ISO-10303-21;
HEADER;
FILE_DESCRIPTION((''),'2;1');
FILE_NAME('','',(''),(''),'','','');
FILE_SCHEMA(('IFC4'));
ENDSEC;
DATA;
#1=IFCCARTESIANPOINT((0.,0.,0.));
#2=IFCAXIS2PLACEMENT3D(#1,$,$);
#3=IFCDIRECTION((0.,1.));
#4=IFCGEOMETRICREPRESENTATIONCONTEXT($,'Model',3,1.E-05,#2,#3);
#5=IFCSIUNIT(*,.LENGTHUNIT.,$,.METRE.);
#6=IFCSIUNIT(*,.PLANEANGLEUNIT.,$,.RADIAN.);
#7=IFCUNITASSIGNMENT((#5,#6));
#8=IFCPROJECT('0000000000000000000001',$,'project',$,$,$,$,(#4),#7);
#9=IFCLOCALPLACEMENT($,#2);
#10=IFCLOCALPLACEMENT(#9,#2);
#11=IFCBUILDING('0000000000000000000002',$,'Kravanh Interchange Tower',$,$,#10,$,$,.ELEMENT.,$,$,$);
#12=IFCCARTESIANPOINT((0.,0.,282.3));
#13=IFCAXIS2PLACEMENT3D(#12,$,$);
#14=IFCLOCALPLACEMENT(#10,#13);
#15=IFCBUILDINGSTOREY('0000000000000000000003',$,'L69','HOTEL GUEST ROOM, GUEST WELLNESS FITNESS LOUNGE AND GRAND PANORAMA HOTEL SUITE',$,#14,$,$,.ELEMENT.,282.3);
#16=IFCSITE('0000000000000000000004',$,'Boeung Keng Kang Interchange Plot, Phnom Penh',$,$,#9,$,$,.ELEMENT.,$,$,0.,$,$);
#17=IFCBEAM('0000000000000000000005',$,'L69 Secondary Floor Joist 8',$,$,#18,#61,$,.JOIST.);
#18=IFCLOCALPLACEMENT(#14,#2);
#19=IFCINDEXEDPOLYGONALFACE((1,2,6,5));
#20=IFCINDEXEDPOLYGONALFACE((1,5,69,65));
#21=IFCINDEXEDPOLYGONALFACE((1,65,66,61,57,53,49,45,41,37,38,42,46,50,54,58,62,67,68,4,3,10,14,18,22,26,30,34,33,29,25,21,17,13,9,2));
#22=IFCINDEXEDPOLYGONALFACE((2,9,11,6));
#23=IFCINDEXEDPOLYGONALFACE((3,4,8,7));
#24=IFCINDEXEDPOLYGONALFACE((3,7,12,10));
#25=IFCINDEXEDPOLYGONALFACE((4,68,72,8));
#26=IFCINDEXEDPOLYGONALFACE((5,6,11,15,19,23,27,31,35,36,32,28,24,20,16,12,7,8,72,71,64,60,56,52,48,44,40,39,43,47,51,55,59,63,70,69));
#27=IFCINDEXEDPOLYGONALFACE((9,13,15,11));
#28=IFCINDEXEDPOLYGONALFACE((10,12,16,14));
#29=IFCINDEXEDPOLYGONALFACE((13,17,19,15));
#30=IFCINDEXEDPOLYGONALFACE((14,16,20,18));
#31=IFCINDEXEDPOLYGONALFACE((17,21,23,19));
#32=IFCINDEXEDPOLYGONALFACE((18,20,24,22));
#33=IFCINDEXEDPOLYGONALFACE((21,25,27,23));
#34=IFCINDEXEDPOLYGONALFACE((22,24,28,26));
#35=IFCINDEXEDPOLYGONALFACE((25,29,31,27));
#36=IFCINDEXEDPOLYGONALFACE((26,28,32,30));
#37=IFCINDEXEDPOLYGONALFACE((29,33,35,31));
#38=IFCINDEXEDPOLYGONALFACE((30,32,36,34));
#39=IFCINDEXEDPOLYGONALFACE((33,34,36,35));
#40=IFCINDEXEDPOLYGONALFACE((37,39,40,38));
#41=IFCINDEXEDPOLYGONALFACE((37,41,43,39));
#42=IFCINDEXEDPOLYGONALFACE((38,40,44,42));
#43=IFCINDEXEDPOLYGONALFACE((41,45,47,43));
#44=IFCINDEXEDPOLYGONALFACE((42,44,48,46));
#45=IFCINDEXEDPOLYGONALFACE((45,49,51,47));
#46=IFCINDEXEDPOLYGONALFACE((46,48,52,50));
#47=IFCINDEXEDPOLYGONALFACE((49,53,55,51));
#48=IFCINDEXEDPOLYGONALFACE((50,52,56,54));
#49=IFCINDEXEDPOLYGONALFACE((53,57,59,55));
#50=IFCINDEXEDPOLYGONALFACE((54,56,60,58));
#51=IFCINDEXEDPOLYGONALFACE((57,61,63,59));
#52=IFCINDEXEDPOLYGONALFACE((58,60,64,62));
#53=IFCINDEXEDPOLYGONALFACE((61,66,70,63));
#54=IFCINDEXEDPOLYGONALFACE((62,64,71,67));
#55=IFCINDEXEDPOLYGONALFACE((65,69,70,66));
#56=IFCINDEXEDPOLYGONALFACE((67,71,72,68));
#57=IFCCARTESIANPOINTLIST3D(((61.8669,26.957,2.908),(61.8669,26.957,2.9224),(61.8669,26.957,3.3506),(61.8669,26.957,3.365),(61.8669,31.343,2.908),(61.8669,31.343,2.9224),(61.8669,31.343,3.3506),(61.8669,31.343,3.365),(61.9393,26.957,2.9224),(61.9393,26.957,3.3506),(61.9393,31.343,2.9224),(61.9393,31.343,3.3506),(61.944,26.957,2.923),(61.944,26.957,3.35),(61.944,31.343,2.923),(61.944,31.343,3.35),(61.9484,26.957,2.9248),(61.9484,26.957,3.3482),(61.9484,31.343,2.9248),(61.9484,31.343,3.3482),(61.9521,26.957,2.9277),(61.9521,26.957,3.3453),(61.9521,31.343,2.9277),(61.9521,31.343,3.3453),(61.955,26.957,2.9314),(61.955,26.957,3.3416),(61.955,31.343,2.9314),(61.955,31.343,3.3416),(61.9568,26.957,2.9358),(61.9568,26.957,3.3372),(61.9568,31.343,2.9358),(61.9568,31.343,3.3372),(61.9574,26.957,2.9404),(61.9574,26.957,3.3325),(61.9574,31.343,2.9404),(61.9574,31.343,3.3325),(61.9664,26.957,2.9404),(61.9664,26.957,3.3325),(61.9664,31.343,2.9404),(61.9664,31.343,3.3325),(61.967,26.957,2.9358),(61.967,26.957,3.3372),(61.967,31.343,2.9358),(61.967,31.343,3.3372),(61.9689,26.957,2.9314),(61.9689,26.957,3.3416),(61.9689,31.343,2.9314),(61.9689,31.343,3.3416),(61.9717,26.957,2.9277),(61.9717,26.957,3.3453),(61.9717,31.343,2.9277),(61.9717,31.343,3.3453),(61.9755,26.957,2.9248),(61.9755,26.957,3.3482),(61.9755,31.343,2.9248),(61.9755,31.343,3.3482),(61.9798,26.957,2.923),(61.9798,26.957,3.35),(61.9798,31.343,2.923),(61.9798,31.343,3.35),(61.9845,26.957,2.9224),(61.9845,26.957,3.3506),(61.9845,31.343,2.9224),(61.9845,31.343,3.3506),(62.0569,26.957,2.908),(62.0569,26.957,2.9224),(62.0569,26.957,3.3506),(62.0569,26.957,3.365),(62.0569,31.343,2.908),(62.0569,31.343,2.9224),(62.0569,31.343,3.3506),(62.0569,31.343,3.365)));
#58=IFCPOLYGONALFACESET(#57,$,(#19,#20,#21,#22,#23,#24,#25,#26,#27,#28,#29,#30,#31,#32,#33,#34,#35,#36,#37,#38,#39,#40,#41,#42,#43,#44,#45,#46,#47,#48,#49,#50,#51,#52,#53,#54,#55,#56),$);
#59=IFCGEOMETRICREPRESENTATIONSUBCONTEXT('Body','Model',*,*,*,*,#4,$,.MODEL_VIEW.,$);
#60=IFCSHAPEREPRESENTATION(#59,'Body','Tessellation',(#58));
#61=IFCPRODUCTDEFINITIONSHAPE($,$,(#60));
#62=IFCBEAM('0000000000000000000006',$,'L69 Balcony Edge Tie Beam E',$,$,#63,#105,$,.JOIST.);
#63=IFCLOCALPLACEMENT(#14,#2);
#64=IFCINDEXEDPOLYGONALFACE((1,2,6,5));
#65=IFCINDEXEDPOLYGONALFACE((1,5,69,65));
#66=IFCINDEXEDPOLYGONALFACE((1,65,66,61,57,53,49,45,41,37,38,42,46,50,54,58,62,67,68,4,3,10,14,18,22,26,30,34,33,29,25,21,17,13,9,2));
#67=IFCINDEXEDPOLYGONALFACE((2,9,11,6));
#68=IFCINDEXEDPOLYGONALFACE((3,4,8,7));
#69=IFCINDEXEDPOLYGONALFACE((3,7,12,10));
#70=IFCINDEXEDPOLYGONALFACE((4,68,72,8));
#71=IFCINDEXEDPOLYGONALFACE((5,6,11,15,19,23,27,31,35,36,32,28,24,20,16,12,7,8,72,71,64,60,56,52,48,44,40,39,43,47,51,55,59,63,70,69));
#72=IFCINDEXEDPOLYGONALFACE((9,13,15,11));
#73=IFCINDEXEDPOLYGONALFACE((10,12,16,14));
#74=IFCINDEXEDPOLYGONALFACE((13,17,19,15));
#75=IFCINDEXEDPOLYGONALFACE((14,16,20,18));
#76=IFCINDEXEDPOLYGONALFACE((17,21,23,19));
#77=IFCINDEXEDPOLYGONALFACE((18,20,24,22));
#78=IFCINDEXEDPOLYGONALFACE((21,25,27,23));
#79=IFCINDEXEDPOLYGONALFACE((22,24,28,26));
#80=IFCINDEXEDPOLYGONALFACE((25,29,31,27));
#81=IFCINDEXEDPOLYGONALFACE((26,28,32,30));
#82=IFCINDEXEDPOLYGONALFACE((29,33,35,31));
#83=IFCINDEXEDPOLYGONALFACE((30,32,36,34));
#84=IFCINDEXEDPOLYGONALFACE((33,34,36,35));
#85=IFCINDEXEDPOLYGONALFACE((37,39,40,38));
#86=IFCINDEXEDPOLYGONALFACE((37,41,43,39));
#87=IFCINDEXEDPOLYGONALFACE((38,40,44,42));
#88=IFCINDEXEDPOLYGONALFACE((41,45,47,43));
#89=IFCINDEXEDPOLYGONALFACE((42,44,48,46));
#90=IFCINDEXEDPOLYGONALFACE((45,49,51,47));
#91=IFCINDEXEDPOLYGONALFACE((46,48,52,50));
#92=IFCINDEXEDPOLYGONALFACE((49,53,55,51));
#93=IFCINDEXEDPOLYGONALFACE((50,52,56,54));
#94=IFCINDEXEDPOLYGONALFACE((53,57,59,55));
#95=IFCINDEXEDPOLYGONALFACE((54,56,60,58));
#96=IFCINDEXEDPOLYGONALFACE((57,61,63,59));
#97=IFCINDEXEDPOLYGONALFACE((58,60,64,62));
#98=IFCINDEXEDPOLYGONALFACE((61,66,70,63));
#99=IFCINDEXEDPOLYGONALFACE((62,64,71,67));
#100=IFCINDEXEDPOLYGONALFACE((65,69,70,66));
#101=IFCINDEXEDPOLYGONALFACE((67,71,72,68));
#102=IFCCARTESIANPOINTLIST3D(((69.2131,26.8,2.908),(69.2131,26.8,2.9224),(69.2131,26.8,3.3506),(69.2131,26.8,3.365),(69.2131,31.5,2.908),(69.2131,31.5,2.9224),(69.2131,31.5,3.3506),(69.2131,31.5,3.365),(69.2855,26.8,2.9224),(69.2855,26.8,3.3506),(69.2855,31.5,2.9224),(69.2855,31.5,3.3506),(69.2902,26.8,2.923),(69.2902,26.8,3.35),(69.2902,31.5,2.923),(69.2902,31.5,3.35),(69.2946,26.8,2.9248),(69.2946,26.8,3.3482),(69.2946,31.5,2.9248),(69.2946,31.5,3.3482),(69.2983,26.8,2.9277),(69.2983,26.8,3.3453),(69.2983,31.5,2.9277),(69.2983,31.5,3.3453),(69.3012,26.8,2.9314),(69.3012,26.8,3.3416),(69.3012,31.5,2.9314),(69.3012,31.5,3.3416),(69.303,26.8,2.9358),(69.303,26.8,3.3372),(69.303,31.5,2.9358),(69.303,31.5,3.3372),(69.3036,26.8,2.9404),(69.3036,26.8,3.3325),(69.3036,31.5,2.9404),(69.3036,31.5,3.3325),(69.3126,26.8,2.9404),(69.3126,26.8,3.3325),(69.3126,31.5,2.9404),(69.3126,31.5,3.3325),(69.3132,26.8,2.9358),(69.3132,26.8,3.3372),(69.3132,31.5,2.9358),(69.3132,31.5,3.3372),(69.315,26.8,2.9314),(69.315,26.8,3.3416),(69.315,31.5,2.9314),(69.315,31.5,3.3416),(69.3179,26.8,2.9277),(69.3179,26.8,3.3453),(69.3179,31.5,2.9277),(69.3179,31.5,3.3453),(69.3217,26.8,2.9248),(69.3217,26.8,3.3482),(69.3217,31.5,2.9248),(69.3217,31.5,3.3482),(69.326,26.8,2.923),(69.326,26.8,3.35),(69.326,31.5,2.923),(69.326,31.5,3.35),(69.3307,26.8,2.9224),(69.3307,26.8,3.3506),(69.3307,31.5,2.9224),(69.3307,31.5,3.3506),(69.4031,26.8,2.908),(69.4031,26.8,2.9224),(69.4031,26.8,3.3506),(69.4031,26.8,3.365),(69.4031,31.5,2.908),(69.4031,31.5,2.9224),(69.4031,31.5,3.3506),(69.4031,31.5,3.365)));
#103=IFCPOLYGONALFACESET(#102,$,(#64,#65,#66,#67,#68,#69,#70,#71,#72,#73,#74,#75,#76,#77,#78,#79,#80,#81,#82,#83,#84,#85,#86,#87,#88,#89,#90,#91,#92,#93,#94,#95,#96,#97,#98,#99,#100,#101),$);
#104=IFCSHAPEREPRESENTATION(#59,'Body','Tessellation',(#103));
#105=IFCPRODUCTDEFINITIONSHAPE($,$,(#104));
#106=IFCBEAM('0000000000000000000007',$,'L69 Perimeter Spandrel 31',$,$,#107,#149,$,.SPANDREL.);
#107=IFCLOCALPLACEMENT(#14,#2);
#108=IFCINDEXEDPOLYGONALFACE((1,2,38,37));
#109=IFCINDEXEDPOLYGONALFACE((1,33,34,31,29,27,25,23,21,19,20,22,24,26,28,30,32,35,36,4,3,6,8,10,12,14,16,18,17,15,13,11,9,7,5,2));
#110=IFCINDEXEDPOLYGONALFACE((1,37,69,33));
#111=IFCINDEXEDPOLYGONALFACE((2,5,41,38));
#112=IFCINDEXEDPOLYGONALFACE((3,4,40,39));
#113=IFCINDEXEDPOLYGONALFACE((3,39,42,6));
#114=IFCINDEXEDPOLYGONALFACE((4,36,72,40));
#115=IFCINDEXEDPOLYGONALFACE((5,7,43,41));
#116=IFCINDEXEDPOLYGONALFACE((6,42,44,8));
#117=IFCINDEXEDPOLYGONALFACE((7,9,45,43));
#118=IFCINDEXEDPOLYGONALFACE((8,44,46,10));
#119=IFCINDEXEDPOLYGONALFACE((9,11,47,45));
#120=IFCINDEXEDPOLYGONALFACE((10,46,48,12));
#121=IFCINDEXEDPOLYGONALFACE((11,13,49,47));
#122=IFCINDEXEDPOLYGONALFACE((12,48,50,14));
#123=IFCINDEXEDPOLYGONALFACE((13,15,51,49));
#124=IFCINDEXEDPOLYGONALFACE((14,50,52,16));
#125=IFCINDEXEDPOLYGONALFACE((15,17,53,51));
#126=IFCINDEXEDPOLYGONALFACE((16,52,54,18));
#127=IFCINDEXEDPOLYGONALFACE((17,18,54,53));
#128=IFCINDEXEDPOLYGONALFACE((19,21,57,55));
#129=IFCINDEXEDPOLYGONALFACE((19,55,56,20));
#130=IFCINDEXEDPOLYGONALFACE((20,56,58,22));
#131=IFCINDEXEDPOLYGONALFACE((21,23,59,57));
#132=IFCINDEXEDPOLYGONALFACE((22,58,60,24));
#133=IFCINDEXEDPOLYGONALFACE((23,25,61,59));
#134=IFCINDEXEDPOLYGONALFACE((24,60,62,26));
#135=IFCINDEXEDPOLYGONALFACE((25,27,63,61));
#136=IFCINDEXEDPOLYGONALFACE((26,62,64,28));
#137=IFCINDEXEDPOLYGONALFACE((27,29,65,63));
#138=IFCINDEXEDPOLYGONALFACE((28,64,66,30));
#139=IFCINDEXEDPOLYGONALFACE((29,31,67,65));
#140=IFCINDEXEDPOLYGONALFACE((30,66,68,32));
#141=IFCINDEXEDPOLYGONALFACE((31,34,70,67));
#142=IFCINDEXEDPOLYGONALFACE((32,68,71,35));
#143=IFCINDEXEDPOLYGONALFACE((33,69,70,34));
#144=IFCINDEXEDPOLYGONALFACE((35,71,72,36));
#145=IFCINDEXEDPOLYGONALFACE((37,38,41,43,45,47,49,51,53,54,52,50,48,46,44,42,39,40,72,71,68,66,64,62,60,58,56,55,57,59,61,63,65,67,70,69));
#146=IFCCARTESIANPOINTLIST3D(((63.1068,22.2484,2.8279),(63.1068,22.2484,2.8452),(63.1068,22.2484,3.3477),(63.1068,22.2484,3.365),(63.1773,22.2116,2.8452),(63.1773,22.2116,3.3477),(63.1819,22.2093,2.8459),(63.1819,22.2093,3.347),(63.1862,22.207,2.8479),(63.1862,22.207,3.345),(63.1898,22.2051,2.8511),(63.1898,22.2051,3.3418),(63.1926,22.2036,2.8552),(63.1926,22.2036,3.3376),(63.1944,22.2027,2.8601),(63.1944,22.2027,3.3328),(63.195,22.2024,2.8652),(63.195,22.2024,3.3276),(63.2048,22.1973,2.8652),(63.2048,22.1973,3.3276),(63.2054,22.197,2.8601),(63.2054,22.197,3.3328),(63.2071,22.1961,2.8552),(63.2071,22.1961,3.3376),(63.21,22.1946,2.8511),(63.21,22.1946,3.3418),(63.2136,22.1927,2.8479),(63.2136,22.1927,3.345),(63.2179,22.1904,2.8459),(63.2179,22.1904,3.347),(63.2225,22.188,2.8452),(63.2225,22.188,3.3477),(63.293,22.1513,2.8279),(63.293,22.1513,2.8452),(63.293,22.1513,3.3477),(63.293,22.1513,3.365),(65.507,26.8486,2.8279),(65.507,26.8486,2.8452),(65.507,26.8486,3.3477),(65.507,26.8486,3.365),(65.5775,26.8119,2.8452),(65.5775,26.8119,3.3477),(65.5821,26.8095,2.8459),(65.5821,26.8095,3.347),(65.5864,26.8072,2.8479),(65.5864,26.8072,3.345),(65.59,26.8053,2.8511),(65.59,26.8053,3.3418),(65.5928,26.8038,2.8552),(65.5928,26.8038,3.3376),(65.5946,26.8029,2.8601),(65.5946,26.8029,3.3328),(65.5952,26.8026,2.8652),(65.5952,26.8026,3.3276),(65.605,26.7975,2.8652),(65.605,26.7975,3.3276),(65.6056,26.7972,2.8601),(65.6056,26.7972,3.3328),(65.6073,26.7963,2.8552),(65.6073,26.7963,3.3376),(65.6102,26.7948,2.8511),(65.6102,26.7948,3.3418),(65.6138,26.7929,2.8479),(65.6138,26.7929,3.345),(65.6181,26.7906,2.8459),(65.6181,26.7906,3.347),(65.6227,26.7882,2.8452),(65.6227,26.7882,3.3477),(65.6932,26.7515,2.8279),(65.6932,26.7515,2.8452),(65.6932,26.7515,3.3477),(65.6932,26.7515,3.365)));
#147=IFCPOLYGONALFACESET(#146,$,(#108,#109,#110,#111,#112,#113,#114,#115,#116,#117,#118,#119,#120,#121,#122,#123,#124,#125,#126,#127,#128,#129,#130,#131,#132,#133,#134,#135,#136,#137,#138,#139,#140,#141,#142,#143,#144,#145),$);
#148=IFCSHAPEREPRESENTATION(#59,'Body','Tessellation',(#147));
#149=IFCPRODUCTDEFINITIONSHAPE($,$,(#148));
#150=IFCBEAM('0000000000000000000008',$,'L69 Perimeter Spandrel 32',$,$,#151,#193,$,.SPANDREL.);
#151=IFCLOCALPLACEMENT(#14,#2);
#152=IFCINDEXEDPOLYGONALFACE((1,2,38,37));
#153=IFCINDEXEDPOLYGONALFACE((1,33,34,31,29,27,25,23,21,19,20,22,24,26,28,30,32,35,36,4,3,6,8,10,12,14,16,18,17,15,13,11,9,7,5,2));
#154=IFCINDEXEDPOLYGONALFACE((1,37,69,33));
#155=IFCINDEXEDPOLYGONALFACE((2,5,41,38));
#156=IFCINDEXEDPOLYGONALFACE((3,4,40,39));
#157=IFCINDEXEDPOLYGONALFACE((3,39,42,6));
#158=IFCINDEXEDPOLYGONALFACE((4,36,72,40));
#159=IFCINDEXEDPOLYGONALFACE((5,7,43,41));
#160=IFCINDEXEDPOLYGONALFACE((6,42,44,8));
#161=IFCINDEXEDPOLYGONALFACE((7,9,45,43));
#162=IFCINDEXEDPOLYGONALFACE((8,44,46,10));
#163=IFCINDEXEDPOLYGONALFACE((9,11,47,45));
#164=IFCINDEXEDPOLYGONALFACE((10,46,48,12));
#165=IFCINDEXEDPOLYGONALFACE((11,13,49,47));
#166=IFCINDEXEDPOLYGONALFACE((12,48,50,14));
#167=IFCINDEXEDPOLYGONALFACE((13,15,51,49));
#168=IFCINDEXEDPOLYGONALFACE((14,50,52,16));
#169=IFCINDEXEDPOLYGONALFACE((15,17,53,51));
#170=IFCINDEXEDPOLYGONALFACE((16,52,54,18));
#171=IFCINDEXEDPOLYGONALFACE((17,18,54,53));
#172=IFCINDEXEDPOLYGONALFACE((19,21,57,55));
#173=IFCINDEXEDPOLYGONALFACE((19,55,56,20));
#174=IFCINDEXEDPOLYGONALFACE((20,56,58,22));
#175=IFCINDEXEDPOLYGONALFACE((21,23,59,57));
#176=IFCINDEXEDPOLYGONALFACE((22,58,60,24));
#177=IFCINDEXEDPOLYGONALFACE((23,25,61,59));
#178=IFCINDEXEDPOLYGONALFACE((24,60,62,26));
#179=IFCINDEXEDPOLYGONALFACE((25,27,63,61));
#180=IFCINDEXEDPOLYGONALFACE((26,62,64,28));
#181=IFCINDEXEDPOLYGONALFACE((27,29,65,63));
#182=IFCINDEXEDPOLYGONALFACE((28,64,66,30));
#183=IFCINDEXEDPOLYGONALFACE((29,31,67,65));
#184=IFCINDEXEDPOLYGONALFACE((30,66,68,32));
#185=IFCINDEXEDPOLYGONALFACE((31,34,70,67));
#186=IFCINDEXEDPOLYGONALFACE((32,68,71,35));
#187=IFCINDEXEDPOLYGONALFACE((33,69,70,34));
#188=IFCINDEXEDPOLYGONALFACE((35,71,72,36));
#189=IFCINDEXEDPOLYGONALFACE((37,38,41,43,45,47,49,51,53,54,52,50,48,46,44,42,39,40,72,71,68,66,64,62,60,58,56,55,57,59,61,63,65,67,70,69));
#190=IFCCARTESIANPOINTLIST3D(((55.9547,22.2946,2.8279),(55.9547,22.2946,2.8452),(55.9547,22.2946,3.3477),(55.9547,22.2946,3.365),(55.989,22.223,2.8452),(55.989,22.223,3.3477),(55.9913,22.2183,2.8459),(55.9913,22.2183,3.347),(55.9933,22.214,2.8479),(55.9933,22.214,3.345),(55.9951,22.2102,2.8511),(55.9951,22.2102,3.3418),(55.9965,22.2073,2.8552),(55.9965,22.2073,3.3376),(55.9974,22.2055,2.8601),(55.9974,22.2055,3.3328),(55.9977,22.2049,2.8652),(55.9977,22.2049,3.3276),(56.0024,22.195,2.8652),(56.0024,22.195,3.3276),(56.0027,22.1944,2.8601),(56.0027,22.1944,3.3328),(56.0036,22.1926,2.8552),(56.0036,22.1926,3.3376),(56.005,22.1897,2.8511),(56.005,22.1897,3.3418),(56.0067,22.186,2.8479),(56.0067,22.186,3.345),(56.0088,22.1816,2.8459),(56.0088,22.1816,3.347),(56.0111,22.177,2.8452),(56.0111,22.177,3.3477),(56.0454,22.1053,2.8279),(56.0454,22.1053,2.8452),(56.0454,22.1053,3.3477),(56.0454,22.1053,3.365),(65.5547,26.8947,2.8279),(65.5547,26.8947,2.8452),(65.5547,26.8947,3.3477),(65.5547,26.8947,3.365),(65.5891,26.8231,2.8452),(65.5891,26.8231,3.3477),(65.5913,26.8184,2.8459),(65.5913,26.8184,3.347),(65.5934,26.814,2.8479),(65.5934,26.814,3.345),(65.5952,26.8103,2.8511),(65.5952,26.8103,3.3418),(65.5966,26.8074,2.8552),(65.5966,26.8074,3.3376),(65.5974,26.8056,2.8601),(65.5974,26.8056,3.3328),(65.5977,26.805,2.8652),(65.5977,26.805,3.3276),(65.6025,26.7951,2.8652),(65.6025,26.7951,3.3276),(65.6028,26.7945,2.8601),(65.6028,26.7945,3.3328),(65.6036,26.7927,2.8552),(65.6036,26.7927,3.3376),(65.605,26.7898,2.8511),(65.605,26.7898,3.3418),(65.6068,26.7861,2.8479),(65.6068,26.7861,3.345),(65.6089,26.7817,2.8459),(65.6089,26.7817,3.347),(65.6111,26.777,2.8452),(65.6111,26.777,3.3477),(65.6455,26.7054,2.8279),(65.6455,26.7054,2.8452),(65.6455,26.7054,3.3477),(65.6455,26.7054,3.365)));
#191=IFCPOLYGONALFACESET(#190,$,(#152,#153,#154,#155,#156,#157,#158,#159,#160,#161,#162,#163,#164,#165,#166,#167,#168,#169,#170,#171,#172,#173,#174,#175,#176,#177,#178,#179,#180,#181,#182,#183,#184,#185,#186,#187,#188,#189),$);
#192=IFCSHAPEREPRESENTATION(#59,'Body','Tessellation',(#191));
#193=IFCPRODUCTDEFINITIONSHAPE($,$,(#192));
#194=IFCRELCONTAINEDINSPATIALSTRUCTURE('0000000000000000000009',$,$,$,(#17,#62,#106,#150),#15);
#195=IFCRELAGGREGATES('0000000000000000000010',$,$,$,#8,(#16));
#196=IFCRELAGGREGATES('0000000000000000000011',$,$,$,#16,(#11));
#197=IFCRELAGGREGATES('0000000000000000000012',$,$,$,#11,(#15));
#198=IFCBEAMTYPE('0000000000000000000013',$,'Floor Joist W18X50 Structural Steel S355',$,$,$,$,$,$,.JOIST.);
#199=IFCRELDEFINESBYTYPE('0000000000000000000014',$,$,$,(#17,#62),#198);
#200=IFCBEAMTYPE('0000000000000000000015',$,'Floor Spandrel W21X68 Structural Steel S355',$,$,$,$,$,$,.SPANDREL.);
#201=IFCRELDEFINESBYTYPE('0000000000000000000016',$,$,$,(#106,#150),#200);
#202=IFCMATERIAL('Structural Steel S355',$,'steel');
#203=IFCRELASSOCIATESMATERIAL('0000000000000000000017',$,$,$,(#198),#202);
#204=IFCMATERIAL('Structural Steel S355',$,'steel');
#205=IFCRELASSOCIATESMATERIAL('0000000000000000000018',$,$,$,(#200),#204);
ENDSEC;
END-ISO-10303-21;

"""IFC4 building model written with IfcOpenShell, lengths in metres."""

from ifc_helpers import new_model, si_unit, direction, frame, origin, origin_2d, place, context, subcontext, project, spatial, i_section, extrude, material, material_profile, profile_set, type_object, element, save


model = new_model("IFC4")

# Units and contexts
model_context = context("Model", 3, precision=1e-05, world=origin(), true_north=direction((0.0, 1.0)))
body_context = subcontext(model_context, "Body", "Model", "MODEL_VIEW")
ifc_project = project(units=[si_unit("LENGTHUNIT", "METRE"), si_unit("PLANEANGLEUNIT", "RADIAN")], contexts=[model_context])

# Site, building, storey
site_placement = place(None, origin())
site = spatial("IfcSite", under=ifc_project, at=site_placement, Name="Boeung Keng Kang Interchange Plot, Phnom Penh", CompositionType="ELEMENT", RefElevation=0.0)
building_placement = place(site_placement, origin())
building = spatial("IfcBuilding", under=site, at=building_placement, Name="Kravanh Interchange Tower", CompositionType="ELEMENT")
storey_placement = place(building_placement, frame((0.0, 0.0, 282.3)))
storey = spatial("IfcBuildingStorey", under=building, at=storey_placement, Name="L69", Description="HOTEL GUEST ROOM, GUEST WELLNESS FITNESS LOUNGE AND GRAND PANORAMA HOTEL SUITE", CompositionType="ELEMENT", Elevation=282.3)

# Beams
ifc_material_1 = material(Name="Structural Steel S355", Category="steel")
ifc_material_profile_1 = material_profile(ifc_material_1, i_section(OverallWidth=0.1899, OverallDepth=0.457, WebThickness=0.009, FlangeThickness=0.0144, FilletRadius=0.0181, at=origin_2d()), Name="W18X50")
ifc_profile_set_1 = profile_set([ifc_material_profile_1], Name="Structural Steel S355")
beam_type_1 = type_object("IfcBeamType", Name="Floor Joist W18X50 Structural Steel S355", PredefinedType="JOIST", material=ifc_profile_set_1)
for number, where, z_axis, x_axis, name in (
    (1, (61.9619, 26.957, 3.1365), (0.0, 1.0, 0.0), (-1.0, 0.0, 0.0), "L69 Secondary Floor Joist 8"),
):
    element("IfcBeam", number, at=place(storey_placement, frame(where, z_axis=z_axis, x_axis=x_axis)), inside=storey, type_object=beam_type_1, Name=name, PredefinedType="JOIST", context=body_context, shape_type="SweptSolid", body=[
        extrude(i_section(OverallWidth=0.1899, OverallDepth=0.457, WebThickness=0.009, FlangeThickness=0.0144, FilletRadius=0.0181, at=origin_2d()), origin(), (0.0, 0.0, 1.0), 4.386),
    ])
beam_1_placement = place(storey_placement, frame((69.3081, 26.8, 3.1365), z_axis=(0.0, 1.0, 0.0), x_axis=(-1.0, 0.0, 0.0)))
element("IfcBeam", 2, at=beam_1_placement, inside=storey, type_object=beam_type_1, Name="L69 Balcony Edge Tie Beam E", PredefinedType="JOIST", context=body_context, shape_type="SweptSolid", body=[
    extrude(i_section(OverallWidth=0.1899, OverallDepth=0.457, WebThickness=0.009, FlangeThickness=0.0144, FilletRadius=0.0181, at=origin_2d()), origin(), (0.0, 0.0, 1.0), 4.7),
])
ifc_material_2 = material(Name="Structural Steel S355", Category="steel")
ifc_material_profile_2 = material_profile(ifc_material_2, i_section(OverallWidth=0.21, OverallDepth=0.5371, WebThickness=0.011, FlangeThickness=0.0173, FilletRadius=0.02, at=origin_2d()), Name="W21X68")
ifc_profile_set_2 = profile_set([ifc_material_profile_2], Name="Structural Steel S355")
beam_type_2 = type_object("IfcBeamType", Name="Floor Spandrel W21X68 Structural Steel S355", PredefinedType="SPANDREL", material=ifc_profile_set_2)
beam_2_placement = place(storey_placement, frame((65.6001, 26.8, 3.0964), z_axis=(-0.46258, -0.886577, 0.0), x_axis=(0.886577, -0.46258, 0.0)))
element("IfcBeam", 3, at=beam_2_placement, inside=storey, type_object=beam_type_2, Name="L69 Perimeter Spandrel 31", PredefinedType="SPANDREL", context=body_context, shape_type="SweptSolid", body=[
    extrude(i_section(OverallWidth=0.21, OverallDepth=0.5371, WebThickness=0.011, FlangeThickness=0.0173, FilletRadius=0.02, at=origin_2d()), origin(), (0.0, 0.0, 1.0), 5.1887),
])
beam_3_placement = place(storey_placement, frame((65.6001, 26.8, 3.0964), z_axis=(-0.901814, -0.432124, 0.0), x_axis=(0.432124, -0.901814, 0.0)))
element("IfcBeam", 4, at=beam_3_placement, inside=storey, type_object=beam_type_2, Name="L69 Perimeter Spandrel 32", PredefinedType="SPANDREL", context=body_context, shape_type="SweptSolid", body=[
    extrude(i_section(OverallWidth=0.21, OverallDepth=0.5371, WebThickness=0.011, FlangeThickness=0.0173, FilletRadius=0.02, at=origin_2d()), origin(), (0.0, 0.0, 1.0), 10.6453),
])

save(model, "model.ifc")
